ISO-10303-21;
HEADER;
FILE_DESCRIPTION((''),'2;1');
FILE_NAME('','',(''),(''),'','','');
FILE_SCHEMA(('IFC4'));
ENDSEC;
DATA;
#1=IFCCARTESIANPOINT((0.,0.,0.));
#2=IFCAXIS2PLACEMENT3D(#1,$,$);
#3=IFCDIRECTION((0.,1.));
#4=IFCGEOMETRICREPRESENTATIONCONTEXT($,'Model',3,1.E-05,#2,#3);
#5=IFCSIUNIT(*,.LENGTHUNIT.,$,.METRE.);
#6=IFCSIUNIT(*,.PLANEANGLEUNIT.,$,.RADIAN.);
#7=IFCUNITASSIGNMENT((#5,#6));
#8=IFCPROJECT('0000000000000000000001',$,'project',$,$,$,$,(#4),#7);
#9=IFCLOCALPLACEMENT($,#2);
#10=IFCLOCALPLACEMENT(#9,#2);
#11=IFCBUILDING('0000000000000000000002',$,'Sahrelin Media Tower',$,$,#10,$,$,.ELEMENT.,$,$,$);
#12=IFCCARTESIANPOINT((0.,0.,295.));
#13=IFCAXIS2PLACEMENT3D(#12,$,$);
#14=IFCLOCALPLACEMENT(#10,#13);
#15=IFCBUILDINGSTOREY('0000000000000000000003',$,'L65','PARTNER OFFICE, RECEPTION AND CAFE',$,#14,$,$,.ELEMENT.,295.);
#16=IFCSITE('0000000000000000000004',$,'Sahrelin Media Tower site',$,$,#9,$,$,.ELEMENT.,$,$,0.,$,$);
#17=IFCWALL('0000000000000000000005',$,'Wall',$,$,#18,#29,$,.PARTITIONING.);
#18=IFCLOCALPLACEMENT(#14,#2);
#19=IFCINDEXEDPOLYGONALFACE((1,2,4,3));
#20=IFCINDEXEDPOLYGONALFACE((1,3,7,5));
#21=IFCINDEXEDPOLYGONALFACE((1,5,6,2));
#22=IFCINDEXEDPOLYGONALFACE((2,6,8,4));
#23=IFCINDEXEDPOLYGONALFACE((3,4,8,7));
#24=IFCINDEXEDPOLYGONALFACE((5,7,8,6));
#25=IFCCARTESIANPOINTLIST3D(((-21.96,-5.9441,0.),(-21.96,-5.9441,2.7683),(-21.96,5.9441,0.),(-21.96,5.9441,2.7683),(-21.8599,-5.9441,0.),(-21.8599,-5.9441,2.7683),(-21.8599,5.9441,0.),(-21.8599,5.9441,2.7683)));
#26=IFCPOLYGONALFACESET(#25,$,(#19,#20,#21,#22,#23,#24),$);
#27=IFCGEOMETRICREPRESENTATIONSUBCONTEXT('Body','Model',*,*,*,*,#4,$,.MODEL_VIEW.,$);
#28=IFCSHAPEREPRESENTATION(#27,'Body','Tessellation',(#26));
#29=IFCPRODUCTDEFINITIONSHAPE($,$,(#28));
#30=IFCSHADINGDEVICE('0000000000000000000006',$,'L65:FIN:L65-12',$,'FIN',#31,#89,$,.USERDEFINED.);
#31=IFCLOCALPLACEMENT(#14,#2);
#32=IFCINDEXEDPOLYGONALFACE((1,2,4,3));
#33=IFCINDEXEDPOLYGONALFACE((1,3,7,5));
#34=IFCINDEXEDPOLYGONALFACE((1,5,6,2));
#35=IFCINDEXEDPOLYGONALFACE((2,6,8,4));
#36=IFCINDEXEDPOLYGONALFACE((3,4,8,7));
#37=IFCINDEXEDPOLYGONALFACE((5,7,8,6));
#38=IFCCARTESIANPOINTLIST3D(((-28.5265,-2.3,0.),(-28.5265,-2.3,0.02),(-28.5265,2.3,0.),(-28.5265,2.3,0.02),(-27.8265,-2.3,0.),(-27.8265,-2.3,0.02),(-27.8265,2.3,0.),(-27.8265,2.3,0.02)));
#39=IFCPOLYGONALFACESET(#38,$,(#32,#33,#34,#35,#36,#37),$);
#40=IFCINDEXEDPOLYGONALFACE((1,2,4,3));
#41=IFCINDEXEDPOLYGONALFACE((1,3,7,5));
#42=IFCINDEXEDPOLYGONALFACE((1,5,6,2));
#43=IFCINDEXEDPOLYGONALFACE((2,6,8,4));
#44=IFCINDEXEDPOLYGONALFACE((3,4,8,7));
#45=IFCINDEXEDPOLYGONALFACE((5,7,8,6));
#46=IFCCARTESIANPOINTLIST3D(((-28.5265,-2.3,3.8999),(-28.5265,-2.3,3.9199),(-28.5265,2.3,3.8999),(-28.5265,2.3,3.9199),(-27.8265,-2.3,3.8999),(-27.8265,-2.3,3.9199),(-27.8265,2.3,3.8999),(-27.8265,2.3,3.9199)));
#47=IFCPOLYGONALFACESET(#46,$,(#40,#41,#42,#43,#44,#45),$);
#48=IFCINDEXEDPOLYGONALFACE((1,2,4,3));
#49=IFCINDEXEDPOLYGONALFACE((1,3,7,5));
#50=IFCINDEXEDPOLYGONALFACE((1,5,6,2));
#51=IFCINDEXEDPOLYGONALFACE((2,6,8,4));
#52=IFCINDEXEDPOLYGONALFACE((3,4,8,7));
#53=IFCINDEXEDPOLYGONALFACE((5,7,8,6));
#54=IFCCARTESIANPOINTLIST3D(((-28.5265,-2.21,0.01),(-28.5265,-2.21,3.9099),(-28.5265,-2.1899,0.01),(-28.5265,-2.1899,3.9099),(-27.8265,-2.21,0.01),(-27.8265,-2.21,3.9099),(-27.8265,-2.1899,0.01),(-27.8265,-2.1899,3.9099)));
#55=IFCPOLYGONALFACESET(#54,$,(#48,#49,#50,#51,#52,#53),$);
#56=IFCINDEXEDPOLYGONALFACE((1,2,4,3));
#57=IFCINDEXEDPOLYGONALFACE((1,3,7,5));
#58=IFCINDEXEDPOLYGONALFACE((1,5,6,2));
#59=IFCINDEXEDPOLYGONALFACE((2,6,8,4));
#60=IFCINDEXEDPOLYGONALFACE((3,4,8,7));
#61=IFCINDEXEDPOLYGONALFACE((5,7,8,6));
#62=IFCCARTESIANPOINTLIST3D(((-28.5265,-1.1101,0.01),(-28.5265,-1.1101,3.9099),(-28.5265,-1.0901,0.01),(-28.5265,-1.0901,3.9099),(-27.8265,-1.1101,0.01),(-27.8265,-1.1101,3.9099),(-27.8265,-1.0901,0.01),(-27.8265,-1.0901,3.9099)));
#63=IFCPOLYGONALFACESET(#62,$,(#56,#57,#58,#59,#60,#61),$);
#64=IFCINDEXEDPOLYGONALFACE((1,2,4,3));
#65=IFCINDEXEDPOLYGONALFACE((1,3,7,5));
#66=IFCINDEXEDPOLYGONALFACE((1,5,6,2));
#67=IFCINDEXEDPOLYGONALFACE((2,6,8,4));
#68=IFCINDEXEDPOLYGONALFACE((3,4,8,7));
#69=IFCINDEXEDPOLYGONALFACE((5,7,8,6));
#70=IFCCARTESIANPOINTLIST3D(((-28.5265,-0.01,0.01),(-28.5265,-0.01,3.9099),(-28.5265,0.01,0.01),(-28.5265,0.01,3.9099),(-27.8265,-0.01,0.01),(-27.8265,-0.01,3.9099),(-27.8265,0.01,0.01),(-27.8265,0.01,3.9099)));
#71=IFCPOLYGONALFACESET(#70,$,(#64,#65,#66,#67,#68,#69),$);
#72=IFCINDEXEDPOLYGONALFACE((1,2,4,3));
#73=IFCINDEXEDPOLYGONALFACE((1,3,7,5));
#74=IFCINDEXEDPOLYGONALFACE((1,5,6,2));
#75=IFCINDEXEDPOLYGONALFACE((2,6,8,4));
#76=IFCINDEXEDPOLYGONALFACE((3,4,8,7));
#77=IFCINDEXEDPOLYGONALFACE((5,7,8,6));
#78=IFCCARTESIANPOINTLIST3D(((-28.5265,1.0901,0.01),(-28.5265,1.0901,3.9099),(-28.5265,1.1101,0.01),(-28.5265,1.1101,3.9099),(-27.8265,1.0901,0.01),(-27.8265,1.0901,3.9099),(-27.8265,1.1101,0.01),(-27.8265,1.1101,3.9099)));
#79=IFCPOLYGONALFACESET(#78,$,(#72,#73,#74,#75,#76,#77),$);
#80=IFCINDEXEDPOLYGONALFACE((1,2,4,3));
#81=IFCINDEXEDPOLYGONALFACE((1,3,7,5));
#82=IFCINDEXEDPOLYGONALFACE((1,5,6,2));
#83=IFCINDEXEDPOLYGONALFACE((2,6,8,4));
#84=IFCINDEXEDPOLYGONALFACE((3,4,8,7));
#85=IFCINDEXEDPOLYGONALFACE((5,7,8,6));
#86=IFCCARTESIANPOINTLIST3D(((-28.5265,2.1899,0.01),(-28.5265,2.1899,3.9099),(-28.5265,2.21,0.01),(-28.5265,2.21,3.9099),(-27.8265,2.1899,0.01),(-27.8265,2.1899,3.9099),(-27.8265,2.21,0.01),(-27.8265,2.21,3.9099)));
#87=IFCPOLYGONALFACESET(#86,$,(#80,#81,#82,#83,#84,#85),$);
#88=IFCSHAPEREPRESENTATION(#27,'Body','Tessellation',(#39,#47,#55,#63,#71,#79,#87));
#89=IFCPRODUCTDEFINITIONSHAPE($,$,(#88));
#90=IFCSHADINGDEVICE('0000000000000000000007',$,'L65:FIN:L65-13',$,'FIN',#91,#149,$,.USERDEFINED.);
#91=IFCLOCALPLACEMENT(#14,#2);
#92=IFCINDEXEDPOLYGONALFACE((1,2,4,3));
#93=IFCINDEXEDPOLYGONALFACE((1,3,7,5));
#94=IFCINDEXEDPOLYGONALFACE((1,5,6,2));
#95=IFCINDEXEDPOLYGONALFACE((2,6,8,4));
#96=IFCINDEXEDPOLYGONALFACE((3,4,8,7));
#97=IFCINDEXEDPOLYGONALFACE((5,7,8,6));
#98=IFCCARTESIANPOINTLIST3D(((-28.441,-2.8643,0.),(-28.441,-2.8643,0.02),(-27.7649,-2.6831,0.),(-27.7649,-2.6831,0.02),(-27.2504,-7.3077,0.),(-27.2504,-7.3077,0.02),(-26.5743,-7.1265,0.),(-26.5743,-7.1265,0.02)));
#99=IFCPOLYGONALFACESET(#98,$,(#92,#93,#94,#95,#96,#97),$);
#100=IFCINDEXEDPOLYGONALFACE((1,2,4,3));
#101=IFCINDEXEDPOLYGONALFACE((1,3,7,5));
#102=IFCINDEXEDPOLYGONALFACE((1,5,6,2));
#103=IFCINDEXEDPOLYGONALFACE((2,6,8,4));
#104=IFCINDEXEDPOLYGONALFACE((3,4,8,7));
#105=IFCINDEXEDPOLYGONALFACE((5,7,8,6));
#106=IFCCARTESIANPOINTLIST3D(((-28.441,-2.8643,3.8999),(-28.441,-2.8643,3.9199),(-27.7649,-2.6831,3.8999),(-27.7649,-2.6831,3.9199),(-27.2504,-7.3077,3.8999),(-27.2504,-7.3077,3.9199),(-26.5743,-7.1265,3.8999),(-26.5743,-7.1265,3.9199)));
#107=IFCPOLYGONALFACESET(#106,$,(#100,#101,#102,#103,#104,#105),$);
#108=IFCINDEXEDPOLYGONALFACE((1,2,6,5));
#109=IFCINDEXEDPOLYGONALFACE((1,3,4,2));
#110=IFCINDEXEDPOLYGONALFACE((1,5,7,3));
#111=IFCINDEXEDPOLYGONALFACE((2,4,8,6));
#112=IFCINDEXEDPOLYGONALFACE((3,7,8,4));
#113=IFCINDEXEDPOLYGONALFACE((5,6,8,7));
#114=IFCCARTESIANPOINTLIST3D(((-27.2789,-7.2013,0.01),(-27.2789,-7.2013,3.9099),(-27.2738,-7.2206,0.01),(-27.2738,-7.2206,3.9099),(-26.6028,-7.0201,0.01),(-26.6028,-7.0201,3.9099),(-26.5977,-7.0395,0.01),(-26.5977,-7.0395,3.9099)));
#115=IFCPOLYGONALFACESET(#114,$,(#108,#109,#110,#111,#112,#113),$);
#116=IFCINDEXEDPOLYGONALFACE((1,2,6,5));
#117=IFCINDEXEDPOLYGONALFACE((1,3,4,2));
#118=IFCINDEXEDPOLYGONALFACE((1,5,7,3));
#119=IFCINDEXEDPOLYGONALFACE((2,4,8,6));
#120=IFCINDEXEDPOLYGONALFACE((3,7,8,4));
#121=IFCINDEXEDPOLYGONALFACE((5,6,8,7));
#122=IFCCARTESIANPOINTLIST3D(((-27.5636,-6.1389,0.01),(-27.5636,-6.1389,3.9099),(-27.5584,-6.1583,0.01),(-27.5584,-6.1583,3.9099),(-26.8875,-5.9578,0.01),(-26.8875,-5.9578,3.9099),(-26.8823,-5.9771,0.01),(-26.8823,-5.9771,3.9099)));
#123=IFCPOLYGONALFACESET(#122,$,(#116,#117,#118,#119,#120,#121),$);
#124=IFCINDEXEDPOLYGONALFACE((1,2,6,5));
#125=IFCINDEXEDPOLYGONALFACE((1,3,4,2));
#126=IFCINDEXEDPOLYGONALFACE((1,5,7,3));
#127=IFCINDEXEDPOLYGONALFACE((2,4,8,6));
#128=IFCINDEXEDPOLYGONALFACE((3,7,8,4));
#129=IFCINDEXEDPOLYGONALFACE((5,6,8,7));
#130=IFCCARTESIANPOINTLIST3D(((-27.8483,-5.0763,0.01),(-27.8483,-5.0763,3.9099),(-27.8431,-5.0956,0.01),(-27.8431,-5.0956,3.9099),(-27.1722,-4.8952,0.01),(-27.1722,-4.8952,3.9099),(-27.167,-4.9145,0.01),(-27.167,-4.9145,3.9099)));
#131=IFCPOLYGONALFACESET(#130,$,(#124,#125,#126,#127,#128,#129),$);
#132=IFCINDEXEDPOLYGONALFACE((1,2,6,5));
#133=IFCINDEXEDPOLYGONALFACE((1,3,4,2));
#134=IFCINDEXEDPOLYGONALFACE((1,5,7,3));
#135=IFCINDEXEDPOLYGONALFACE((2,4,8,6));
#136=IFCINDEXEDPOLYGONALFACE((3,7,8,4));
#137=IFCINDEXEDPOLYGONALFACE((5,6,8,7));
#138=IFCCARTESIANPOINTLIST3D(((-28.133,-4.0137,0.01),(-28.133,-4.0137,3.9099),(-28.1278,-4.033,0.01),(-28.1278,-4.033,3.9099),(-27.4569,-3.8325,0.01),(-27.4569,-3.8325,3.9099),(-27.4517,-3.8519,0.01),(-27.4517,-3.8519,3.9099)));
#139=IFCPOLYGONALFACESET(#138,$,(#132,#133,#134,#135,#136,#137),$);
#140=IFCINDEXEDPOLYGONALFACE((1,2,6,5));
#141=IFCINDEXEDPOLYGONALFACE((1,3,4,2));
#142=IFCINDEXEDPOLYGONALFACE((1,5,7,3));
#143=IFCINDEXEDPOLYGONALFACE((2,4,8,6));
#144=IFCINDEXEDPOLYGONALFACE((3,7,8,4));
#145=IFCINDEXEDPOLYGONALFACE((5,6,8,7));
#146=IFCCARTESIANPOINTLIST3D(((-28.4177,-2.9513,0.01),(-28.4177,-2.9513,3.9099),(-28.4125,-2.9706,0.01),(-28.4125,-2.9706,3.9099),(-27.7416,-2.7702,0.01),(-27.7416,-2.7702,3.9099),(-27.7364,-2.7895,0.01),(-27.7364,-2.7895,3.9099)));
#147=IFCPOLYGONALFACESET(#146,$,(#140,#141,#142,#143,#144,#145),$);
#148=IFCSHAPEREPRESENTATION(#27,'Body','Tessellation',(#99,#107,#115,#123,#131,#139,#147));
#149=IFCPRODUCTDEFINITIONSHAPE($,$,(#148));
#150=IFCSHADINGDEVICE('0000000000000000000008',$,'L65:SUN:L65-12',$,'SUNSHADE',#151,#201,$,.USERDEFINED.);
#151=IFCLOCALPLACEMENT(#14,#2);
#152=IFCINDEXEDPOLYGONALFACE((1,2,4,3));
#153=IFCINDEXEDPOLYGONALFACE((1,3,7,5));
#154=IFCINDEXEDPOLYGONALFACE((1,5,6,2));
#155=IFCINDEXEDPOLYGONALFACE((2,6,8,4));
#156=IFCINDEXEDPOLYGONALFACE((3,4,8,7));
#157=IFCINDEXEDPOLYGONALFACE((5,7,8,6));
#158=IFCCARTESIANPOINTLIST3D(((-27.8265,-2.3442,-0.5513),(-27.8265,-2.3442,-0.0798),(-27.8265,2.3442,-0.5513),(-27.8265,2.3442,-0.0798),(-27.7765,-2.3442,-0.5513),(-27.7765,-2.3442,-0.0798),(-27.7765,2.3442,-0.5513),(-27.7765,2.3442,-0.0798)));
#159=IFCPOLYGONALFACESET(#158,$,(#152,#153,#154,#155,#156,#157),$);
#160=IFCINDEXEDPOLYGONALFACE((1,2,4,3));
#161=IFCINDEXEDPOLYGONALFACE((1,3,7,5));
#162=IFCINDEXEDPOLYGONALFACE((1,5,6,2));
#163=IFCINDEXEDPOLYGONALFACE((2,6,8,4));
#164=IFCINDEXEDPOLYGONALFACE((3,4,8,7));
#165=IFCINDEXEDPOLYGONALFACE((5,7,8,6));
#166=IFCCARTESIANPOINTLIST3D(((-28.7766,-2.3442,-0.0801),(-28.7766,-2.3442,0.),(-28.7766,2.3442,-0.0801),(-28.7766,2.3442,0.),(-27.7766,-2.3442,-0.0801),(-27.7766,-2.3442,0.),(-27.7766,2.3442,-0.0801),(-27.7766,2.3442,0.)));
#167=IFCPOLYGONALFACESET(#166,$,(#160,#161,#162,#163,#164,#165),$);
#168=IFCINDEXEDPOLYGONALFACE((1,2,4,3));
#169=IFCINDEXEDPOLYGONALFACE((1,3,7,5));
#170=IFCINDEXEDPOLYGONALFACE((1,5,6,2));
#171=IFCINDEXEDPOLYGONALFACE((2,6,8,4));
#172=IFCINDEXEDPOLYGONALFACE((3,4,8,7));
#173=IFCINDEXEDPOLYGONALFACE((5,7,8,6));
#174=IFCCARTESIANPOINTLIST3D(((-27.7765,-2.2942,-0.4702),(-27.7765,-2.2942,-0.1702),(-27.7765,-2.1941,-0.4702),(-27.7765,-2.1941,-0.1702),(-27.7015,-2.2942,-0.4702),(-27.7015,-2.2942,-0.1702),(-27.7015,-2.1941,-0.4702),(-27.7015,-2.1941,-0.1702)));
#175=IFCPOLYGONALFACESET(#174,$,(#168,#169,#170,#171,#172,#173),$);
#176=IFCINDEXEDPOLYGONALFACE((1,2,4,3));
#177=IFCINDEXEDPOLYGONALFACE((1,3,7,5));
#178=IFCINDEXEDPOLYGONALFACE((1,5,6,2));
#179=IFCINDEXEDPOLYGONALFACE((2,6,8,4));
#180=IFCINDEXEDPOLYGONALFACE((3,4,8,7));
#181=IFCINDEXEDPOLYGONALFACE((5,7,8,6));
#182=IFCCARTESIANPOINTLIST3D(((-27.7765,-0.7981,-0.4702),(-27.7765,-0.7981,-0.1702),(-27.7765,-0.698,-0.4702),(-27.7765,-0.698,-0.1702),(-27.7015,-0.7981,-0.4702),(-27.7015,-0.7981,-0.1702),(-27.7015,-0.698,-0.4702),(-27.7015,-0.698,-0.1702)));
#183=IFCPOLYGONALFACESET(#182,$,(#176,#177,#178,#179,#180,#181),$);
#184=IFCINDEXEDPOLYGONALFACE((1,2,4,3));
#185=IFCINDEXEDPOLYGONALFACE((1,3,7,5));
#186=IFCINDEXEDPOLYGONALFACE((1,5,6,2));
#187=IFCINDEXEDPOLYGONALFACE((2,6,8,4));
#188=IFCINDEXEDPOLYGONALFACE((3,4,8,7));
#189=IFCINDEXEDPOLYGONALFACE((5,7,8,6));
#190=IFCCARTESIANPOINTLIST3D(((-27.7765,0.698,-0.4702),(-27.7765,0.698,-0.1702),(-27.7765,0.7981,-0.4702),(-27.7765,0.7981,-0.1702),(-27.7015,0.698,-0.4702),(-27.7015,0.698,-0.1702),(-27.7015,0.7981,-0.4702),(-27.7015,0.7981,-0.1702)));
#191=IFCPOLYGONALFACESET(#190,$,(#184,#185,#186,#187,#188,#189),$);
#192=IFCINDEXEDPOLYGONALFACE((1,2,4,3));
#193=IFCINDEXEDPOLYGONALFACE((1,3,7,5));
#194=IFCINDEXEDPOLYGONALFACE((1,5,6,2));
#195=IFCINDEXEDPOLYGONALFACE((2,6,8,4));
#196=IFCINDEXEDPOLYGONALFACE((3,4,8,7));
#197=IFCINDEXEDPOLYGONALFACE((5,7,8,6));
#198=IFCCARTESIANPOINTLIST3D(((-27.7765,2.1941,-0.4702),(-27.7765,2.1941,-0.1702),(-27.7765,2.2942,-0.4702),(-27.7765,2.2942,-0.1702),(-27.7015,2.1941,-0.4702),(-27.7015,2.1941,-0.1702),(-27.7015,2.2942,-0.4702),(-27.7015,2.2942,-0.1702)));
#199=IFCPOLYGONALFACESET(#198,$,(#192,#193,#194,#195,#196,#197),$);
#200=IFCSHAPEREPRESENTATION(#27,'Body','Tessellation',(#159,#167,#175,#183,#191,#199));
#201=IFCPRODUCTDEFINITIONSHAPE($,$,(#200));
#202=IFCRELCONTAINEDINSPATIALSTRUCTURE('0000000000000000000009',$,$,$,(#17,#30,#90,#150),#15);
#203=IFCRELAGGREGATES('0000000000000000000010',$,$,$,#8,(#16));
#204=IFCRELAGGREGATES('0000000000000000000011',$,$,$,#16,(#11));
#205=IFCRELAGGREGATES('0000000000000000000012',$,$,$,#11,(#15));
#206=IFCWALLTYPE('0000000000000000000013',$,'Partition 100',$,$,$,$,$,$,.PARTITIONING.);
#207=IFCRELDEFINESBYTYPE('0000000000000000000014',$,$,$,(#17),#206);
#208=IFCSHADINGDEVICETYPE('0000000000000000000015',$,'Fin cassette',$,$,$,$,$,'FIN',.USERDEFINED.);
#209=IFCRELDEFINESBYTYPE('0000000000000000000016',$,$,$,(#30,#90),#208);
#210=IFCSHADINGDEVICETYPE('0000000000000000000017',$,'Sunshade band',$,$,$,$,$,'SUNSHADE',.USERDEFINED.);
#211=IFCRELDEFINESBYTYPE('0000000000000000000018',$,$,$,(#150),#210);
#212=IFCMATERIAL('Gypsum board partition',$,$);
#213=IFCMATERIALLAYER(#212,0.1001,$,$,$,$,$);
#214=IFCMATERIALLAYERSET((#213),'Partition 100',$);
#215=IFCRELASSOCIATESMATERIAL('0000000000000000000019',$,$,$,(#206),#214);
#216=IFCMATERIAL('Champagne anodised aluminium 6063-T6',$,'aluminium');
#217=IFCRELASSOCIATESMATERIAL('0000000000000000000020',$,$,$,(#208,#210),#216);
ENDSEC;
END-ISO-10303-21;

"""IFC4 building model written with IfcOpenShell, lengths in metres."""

from ifc_helpers import new_model, si_unit, direction, frame, frame_2d, origin, origin_2d, place, context, subcontext, project, spatial, rectangle, extrude, material, layer, layer_set, type_object, element, save


model = new_model("IFC4")

# Units and contexts
model_context = context("Model", 3, precision=1e-05, world=origin(), true_north=direction((0.0, 1.0)))
body_context = subcontext(model_context, "Body", "Model", "MODEL_VIEW")
ifc_project = project(units=[si_unit("LENGTHUNIT", "METRE"), si_unit("PLANEANGLEUNIT", "RADIAN")], contexts=[model_context])

# Site, building, storey
site_placement = place(None, origin())
site = spatial("IfcSite", under=ifc_project, at=site_placement, Name="Sahrelin Media Tower site", CompositionType="ELEMENT", RefElevation=0.0)
building_placement = place(site_placement, origin())
building = spatial("IfcBuilding", under=site, at=building_placement, Name="Sahrelin Media Tower", CompositionType="ELEMENT")
storey_placement = place(building_placement, frame((0.0, 0.0, 295.0)))
storey = spatial("IfcBuildingStorey", under=building, at=storey_placement, Name="L65", Description="PARTNER OFFICE, RECEPTION AND CAFE", CompositionType="ELEMENT", Elevation=295.0)

# Shared definitions
ifc_material_1 = material(Name="Champagne anodised aluminium 6063-T6", Category="aluminium")

# Wall
ifc_material_2 = material(Name="Gypsum board partition")
ifc_layer_1 = layer(ifc_material_2, 0.1001)
ifc_layer_set_1 = layer_set([ifc_layer_1], Name="Partition 100")
wall_type_1 = type_object("IfcWallType", Name="Partition 100", PredefinedType="PARTITIONING", material=ifc_layer_set_1)
wall_1_placement = place(storey_placement, frame((-21.9099, -5.9441, 0.0), z_axis=(0.0, 0.0, 1.0), x_axis=(0.0, 1.0, 0.0)))
element("IfcWall", 1, at=wall_1_placement, inside=storey, type_object=wall_type_1, Name="Wall", PredefinedType="PARTITIONING", context=body_context, shape_type="SweptSolid", body=[
    extrude(rectangle(XDim=11.8882, YDim=0.1001, at=frame_2d((5.9441, 0.0))), origin(), (0.0, 0.0, 1.0), 2.7683),
])

# Shading devices
shading_device_type_1 = type_object("IfcShadingDeviceType", Name="Fin cassette", ElementType="FIN", PredefinedType="USERDEFINED", material=ifc_material_1)
placement_1 = place(storey_placement, frame((-27.7566, 0.0, 0.0), z_axis=(0.0, 0.0, 1.0), x_axis=(0.0, 1.0, 0.0)))
element("IfcShadingDevice", 2, at=placement_1, inside=storey, type_object=shading_device_type_1, Name="L65:FIN:L65-12", ObjectType="FIN", PredefinedType="USERDEFINED", context=body_context, shape_type="SweptSolid", body=[
    extrude(rectangle(XDim=4.6001, YDim=0.7, at=origin_2d()), frame((0.0, 0.4199, 0.0)), (0.0, 0.0, 1.0), 0.02),
    extrude(rectangle(XDim=4.6001, YDim=0.7, at=origin_2d()), frame((0.0, 0.4199, 3.8999)), (0.0, 0.0, 1.0), 0.02),
    extrude(rectangle(XDim=0.02, YDim=0.7, at=origin_2d()), frame((-2.2, 0.4199, 0.01), z_axis=(0.0, 0.0, 1.0), x_axis=(1.0, 0.0, 0.0)), (0.0, 0.0, 1.0), 3.8999),
    extrude(rectangle(XDim=0.02, YDim=0.7, at=origin_2d()), frame((-1.1001, 0.4199, 0.01), z_axis=(0.0, 0.0, 1.0), x_axis=(1.0, 0.0, 0.0)), (0.0, 0.0, 1.0), 3.8999),
    extrude(rectangle(XDim=0.02, YDim=0.7, at=origin_2d()), frame((0.0, 0.4199, 0.01), z_axis=(0.0, 0.0, 1.0), x_axis=(1.0, 0.0, 0.0)), (0.0, 0.0, 1.0), 3.8999),
    extrude(rectangle(XDim=0.02, YDim=0.7, at=origin_2d()), frame((1.1001, 0.4199, 0.01), z_axis=(0.0, 0.0, 1.0), x_axis=(1.0, 0.0, 0.0)), (0.0, 0.0, 1.0), 3.8999),
    extrude(rectangle(XDim=0.02, YDim=0.7, at=origin_2d()), frame((2.2, 0.4199, 0.01), z_axis=(0.0, 0.0, 1.0), x_axis=(1.0, 0.0, 0.0)), (0.0, 0.0, 1.0), 3.8999),
])
placement_2 = place(storey_placement, frame((-27.1021, -4.8867, 0.0), z_axis=(0.0, 0.0, 1.0), x_axis=(-0.258808, 0.965929, 0.0)))
element("IfcShadingDevice", 3, at=placement_2, inside=storey, type_object=shading_device_type_1, Name="L65:FIN:L65-13", ObjectType="FIN", PredefinedType="USERDEFINED", context=body_context, shape_type="SweptSolid", body=[
    extrude(rectangle(XDim=4.6001, YDim=0.7, at=origin_2d()), frame((0.0, 0.4199, 0.0)), (0.0, 0.0, 1.0), 0.02),
    extrude(rectangle(XDim=4.6001, YDim=0.7, at=origin_2d()), frame((0.0, 0.4199, 3.8999)), (0.0, 0.0, 1.0), 0.02),
    extrude(rectangle(XDim=0.02, YDim=0.7, at=origin_2d()), frame((-2.2, 0.4199, 0.01), z_axis=(0.0, 0.0, 1.0), x_axis=(1.0, 0.0, 0.0)), (0.0, 0.0, 1.0), 3.8999),
    extrude(rectangle(XDim=0.02, YDim=0.7, at=origin_2d()), frame((-1.1001, 0.4199, 0.01), z_axis=(0.0, 0.0, 1.0), x_axis=(1.0, 0.0, 0.0)), (0.0, 0.0, 1.0), 3.8999),
    extrude(rectangle(XDim=0.02, YDim=0.7, at=origin_2d()), frame((0.0, 0.4199, 0.01), z_axis=(0.0, 0.0, 1.0), x_axis=(1.0, 0.0, 0.0)), (0.0, 0.0, 1.0), 3.8999),
    extrude(rectangle(XDim=0.02, YDim=0.7, at=origin_2d()), frame((1.1001, 0.4199, 0.01), z_axis=(0.0, 0.0, 1.0), x_axis=(1.0, 0.0, 0.0)), (0.0, 0.0, 1.0), 3.8999),
    extrude(rectangle(XDim=0.02, YDim=0.7, at=origin_2d()), frame((2.2, 0.4199, 0.01), z_axis=(0.0, 0.0, 1.0), x_axis=(1.0, 0.0, 0.0)), (0.0, 0.0, 1.0), 3.8999),
])
shading_device_type_2 = type_object("IfcShadingDeviceType", Name="Sunshade band", ElementType="SUNSHADE", PredefinedType="USERDEFINED", material=ifc_material_1)
element("IfcShadingDevice", 4, at=placement_1, inside=storey, type_object=shading_device_type_2, Name="L65:SUN:L65-12", ObjectType="SUNSHADE", PredefinedType="USERDEFINED", context=body_context, shape_type="SweptSolid", body=[
    extrude(rectangle(XDim=4.6885, YDim=0.05, at=origin_2d()), frame((0.0, 0.0449, -0.5513)), (0.0, 0.0, 1.0), 0.4714),
    extrude(rectangle(XDim=4.6885, YDim=1.0, at=origin_2d()), frame((0.0, 0.52, -0.0801)), (0.0, 0.0, 1.0), 0.0801),
    extrude(rectangle(XDim=0.1001, YDim=0.075, at=origin_2d()), frame((-2.2441, -0.0176, -0.4702)), (0.0, 0.0, 1.0), 0.3),
    extrude(rectangle(XDim=0.1001, YDim=0.075, at=origin_2d()), frame((-0.748, -0.0176, -0.4702)), (0.0, 0.0, 1.0), 0.3),
    extrude(rectangle(XDim=0.1001, YDim=0.075, at=origin_2d()), frame((0.748, -0.0176, -0.4702)), (0.0, 0.0, 1.0), 0.3),
    extrude(rectangle(XDim=0.1001, YDim=0.075, at=origin_2d()), frame((2.2441, -0.0176, -0.4702)), (0.0, 0.0, 1.0), 0.3),
])

save(model, "model.ifc")
